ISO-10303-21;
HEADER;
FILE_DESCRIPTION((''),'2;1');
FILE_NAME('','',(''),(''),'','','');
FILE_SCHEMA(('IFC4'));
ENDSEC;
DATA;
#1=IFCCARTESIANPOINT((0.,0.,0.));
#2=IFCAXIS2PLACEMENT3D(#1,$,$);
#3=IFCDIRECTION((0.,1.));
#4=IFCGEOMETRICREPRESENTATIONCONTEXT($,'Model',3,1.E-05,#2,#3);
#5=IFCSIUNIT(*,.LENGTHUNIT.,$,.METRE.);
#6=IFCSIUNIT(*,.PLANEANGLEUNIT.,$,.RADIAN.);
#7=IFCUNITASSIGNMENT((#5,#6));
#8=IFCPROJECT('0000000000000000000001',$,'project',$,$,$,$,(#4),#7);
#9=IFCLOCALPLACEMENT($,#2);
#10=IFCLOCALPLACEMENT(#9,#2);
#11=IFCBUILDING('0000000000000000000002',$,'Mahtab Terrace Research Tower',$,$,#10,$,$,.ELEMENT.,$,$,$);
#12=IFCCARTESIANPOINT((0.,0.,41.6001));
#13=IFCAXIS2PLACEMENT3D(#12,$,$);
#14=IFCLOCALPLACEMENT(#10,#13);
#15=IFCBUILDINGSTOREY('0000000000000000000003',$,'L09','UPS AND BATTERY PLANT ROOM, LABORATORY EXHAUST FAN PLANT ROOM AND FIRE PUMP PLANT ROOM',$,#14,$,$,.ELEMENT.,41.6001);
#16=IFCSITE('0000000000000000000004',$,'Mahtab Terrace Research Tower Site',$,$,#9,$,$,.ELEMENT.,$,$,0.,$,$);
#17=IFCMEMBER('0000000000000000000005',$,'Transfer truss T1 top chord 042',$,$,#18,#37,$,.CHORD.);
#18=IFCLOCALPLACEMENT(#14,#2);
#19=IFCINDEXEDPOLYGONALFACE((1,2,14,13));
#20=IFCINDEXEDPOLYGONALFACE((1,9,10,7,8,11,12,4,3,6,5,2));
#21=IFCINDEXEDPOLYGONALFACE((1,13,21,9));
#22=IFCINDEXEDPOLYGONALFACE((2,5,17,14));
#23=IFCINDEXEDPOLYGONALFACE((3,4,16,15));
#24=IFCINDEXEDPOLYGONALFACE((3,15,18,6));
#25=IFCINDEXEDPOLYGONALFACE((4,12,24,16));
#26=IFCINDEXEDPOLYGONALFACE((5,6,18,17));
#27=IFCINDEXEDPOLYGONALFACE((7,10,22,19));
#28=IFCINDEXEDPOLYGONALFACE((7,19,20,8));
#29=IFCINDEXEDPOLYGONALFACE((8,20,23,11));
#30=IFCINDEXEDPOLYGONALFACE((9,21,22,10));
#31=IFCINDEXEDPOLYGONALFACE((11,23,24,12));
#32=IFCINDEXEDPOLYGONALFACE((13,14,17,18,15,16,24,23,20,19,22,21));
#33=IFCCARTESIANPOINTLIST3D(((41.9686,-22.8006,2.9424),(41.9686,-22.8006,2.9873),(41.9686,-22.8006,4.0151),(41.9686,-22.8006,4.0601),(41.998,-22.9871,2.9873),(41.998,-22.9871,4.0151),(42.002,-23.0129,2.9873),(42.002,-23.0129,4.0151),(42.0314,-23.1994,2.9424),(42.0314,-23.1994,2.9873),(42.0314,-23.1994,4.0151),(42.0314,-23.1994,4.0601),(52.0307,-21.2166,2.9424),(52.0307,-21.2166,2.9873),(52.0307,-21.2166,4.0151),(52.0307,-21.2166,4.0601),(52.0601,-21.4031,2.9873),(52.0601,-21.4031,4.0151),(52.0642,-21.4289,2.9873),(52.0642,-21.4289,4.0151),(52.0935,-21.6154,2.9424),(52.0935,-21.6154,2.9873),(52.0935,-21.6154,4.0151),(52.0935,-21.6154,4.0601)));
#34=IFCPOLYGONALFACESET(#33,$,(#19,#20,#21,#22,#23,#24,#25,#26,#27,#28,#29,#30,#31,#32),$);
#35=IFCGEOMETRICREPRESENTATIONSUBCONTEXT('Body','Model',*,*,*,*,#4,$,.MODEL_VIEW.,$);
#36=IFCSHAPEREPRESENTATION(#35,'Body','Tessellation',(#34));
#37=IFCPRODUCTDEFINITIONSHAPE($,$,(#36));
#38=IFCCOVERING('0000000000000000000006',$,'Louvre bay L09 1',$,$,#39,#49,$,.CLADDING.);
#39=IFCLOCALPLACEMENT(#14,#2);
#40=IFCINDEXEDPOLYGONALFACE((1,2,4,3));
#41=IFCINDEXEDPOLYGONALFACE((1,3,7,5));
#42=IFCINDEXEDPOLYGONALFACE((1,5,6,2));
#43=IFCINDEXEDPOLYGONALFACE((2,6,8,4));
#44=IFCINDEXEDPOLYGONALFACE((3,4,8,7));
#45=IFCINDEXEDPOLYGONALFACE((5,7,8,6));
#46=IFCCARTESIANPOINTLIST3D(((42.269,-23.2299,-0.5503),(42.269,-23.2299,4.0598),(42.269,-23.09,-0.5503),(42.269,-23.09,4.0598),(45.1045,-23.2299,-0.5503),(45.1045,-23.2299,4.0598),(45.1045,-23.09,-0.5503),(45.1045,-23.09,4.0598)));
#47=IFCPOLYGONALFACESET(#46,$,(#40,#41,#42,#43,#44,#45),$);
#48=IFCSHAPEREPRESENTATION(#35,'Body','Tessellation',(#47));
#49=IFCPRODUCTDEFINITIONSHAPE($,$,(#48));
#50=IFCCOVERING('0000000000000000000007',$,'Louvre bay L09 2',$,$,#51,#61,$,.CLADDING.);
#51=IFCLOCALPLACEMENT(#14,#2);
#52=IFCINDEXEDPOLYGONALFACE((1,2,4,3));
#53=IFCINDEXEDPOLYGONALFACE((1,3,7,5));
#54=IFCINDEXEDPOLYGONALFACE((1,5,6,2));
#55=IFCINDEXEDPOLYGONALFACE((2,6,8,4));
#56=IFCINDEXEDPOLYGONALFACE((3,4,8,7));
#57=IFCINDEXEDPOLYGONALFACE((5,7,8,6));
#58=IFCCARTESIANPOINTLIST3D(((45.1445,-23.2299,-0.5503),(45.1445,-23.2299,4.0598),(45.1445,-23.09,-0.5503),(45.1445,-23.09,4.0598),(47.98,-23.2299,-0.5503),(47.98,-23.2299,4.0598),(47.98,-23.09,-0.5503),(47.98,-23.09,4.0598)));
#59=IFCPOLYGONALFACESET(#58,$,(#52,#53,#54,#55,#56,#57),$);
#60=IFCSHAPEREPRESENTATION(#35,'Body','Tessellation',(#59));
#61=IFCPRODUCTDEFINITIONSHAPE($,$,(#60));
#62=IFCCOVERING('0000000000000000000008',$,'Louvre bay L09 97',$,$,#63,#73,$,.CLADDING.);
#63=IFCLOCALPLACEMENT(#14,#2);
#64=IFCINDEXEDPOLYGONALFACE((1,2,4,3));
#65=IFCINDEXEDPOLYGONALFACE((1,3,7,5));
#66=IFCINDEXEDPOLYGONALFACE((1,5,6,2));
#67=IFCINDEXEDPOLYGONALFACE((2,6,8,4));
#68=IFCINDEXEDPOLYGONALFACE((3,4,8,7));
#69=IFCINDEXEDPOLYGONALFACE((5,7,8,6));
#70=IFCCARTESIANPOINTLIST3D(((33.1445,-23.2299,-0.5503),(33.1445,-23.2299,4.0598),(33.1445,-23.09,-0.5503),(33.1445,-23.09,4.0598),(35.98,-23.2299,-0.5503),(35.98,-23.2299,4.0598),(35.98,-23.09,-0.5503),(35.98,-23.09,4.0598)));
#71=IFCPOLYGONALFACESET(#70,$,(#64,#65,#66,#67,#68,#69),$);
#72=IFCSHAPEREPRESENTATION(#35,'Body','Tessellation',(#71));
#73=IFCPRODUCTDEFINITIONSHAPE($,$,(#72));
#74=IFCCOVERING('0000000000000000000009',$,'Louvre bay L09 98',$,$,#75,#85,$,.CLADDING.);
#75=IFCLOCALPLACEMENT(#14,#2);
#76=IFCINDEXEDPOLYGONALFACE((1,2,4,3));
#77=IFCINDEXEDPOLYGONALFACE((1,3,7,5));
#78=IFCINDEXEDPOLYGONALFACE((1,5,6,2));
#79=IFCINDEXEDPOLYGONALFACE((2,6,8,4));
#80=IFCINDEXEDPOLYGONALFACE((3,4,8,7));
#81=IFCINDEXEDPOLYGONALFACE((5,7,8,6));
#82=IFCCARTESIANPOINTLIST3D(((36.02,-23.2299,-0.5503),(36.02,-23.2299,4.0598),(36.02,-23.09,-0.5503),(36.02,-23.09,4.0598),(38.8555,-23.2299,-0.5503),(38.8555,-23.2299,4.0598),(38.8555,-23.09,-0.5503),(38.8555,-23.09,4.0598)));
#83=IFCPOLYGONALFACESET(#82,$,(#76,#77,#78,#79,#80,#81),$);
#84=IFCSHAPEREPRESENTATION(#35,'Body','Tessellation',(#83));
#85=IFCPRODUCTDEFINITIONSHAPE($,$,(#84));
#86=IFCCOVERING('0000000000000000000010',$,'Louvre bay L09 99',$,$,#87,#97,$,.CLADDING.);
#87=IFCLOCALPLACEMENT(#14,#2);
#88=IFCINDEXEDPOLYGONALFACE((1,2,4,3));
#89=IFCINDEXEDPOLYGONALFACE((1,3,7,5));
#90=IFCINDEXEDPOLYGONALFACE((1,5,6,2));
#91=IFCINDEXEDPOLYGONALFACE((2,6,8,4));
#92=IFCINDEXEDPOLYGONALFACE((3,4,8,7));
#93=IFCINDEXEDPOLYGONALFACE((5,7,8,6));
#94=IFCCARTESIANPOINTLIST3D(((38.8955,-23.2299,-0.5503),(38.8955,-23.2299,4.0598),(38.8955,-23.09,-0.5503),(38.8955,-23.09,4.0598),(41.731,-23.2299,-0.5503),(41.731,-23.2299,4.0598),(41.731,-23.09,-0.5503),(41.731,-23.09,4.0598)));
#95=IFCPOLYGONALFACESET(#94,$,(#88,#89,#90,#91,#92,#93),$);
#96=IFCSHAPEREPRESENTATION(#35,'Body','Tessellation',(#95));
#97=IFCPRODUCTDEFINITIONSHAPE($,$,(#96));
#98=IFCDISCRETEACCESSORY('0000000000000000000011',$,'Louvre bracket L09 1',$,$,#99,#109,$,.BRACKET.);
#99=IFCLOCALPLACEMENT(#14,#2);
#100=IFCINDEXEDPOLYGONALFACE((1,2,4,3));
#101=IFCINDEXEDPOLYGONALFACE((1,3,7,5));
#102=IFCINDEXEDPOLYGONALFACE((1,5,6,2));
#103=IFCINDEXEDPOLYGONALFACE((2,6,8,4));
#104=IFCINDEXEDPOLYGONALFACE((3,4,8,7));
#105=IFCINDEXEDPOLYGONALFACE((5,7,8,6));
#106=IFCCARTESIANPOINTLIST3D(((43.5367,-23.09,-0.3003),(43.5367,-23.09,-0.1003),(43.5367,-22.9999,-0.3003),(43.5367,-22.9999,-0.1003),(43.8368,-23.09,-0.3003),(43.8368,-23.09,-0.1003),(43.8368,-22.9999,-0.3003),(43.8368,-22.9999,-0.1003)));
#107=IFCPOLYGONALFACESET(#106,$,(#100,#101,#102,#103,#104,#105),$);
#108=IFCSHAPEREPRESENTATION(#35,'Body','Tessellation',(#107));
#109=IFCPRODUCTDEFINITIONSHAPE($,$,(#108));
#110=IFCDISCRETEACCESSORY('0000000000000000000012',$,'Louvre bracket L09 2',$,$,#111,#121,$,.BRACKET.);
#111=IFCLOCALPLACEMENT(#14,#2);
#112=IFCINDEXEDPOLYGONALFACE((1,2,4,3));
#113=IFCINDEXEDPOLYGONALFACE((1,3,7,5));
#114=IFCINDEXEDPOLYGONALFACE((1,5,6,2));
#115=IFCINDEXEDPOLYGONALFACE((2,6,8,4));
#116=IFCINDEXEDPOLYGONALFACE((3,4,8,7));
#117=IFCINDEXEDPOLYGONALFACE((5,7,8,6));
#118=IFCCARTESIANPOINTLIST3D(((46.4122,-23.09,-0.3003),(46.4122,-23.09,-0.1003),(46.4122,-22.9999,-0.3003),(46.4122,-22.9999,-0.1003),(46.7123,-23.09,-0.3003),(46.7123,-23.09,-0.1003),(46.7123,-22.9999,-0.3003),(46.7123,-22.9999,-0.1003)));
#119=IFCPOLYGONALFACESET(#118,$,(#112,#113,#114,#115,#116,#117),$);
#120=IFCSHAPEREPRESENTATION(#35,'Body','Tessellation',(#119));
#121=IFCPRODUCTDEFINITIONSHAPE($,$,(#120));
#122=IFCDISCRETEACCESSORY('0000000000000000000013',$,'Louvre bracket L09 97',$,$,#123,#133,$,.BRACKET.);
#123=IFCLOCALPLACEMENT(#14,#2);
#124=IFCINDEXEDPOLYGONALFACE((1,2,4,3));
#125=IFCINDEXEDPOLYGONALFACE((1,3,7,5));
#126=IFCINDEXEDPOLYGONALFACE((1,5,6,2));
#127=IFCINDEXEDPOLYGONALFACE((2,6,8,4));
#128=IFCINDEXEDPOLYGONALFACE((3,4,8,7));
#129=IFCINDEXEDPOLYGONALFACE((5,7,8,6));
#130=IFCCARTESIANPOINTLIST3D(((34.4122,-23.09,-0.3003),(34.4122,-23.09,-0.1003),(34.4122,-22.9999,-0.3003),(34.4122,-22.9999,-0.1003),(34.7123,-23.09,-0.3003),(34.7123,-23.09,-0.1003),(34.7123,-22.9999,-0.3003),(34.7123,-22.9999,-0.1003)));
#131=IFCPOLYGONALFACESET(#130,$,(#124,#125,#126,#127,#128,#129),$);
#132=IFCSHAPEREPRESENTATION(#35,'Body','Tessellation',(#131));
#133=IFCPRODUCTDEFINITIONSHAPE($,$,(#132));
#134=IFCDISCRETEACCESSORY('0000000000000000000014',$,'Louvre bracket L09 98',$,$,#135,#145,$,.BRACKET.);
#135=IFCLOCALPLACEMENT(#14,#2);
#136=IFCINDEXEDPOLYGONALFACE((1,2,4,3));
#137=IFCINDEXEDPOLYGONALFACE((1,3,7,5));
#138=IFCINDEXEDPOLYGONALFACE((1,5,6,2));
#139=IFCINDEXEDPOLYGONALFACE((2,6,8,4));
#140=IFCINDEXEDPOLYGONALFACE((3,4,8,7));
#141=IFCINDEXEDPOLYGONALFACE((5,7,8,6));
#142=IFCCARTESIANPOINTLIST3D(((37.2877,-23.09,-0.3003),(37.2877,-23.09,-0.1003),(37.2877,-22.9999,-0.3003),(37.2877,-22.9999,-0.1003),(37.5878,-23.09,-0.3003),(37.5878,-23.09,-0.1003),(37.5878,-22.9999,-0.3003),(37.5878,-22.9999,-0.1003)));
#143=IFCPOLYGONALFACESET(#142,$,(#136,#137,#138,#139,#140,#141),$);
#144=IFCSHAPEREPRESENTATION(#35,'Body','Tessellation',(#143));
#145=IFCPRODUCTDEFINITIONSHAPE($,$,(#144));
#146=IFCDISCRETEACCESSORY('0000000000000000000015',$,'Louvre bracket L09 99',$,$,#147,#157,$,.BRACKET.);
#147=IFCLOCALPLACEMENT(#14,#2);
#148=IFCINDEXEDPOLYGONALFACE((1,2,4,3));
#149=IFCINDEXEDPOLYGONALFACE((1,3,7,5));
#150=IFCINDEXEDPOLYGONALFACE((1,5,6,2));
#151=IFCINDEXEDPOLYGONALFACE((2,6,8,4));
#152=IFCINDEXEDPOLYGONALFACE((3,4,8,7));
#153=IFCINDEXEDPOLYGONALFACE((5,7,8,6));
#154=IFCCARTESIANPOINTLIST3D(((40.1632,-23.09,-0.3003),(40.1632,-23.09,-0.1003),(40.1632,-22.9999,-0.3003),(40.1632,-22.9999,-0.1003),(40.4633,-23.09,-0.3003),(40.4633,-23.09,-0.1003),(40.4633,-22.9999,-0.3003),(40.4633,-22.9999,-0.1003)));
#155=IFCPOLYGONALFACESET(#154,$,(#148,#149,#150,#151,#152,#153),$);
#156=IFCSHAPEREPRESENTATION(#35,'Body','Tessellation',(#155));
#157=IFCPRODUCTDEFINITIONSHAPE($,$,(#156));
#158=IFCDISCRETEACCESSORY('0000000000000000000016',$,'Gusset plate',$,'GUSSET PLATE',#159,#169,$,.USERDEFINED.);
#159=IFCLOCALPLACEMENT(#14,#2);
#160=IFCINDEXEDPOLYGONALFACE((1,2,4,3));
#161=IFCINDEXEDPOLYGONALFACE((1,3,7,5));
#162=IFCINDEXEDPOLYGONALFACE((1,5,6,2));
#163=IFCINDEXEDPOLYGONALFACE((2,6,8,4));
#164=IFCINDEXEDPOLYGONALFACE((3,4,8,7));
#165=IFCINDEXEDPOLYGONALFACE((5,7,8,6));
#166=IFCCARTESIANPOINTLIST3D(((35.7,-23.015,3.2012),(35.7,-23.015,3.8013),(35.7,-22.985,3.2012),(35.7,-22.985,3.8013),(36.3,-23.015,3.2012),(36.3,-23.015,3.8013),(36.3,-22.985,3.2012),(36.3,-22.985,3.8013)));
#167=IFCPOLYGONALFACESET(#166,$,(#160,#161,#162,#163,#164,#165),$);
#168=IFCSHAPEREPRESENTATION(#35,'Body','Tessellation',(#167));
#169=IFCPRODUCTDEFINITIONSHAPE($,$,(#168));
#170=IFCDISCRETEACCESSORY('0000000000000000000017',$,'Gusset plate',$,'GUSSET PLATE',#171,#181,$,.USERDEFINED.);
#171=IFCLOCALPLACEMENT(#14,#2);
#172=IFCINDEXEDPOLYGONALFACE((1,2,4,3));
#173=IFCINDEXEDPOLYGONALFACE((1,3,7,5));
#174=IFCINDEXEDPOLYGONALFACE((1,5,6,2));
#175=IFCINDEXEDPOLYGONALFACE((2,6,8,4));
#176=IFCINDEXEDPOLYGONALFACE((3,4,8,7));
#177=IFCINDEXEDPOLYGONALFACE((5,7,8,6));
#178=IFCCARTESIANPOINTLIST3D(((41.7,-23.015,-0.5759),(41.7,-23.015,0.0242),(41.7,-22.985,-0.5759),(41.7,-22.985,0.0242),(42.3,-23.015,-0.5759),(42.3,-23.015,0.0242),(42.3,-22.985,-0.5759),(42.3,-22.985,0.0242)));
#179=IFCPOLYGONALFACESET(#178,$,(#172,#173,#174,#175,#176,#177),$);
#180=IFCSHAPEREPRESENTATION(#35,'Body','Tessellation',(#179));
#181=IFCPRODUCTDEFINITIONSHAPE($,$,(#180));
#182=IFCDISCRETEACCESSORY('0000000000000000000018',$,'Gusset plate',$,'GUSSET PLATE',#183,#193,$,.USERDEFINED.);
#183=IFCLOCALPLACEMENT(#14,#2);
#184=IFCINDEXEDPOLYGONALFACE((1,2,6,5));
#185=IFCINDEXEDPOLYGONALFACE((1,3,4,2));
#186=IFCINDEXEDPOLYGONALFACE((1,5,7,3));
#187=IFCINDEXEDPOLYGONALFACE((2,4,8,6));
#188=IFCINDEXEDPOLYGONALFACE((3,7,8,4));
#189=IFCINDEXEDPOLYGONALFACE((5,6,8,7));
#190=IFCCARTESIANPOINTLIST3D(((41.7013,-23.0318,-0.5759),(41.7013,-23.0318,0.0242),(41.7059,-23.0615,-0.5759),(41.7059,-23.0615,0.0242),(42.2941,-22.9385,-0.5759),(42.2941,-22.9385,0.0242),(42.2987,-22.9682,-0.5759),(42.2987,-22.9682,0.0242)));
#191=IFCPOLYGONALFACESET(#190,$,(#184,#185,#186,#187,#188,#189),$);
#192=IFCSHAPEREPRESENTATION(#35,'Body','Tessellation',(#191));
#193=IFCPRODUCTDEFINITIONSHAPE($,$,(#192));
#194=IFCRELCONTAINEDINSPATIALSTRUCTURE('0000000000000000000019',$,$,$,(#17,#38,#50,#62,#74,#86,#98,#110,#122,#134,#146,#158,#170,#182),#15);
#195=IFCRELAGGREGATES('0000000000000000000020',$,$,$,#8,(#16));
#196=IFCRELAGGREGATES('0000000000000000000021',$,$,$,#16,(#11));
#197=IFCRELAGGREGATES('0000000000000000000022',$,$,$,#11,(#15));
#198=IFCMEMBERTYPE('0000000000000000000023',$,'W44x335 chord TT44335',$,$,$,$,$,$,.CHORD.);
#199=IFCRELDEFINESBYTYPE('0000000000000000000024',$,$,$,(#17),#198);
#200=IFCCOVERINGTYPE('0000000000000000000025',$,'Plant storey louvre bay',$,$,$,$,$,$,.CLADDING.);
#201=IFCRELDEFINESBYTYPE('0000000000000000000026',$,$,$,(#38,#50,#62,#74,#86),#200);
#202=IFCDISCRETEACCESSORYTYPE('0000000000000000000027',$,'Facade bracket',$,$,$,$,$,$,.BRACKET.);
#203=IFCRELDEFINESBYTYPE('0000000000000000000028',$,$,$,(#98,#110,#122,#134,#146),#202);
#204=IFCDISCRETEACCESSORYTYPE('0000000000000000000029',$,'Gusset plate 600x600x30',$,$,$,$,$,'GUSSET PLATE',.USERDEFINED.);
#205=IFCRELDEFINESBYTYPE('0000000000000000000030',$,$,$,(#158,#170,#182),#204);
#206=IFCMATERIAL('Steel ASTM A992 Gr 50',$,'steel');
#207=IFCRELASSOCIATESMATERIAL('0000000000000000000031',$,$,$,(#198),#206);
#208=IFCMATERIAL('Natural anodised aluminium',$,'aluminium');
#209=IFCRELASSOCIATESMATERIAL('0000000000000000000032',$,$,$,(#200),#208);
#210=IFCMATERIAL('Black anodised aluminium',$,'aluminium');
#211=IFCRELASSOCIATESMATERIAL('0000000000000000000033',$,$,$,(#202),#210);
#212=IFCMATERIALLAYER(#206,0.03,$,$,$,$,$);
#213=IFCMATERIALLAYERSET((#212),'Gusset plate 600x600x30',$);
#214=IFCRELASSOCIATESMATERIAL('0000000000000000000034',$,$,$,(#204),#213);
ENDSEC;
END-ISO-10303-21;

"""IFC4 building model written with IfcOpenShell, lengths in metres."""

from ifc_helpers import new_model, si_unit, direction, frame, origin, origin_2d, place, context, subcontext, project, spatial, rectangle, i_section, extrude, material, layer, layer_set, material_profile, profile_set, type_object, element, save


model = new_model("IFC4")

# Units and contexts
model_context = context("Model", 3, precision=1e-05, world=origin(), true_north=direction((0.0, 1.0)))
body_context = subcontext(model_context, "Body", "Model", "MODEL_VIEW")
ifc_project = project(units=[si_unit("LENGTHUNIT", "METRE"), si_unit("PLANEANGLEUNIT", "RADIAN")], contexts=[model_context])

# Site, building, storey
site_placement = place(None, origin())
site = spatial("IfcSite", under=ifc_project, at=site_placement, Name="Mahtab Terrace Research Tower Site", CompositionType="ELEMENT", RefElevation=0.0)
building_placement = place(site_placement, origin())
building = spatial("IfcBuilding", under=site, at=building_placement, Name="Mahtab Terrace Research Tower", CompositionType="ELEMENT")
storey_placement = place(building_placement, frame((0.0, 0.0, 41.6001)))
storey = spatial("IfcBuildingStorey", under=building, at=storey_placement, Name="L09", Description="UPS AND BATTERY PLANT ROOM, LABORATORY EXHAUST FAN PLANT ROOM AND FIRE PUMP PLANT ROOM", CompositionType="ELEMENT", Elevation=41.6001)

# Shared definitions
ifc_material_1 = material(Name="Steel ASTM A992 Gr 50", Category="steel")

# Member
ifc_material_profile_1 = material_profile(ifc_material_1, i_section(OverallWidth=0.4038, OverallDepth=1.1177, WebThickness=0.0261, FlangeThickness=0.0449, at=origin_2d()), Name="W44X335")
ifc_profile_set_1 = profile_set([ifc_material_profile_1], Name="Steel ASTM A992 Gr 50")
member_type_1 = type_object("IfcMemberType", Name="W44x335 chord TT44335", PredefinedType="CHORD", material=ifc_profile_set_1)
member_1_placement = place(storey_placement, frame((42.0, -23.0, 3.5012), z_axis=(0.987835, 0.155507, 0.0), x_axis=(-0.155507, 0.987835, 0.0)))
element("IfcMember", 1, at=member_1_placement, inside=storey, type_object=member_type_1, Name="Transfer truss T1 top chord 042", PredefinedType="CHORD", context=body_context, shape_type="SweptSolid", body=[
    extrude(i_section(OverallWidth=0.4038, OverallDepth=1.1177, WebThickness=0.0261, FlangeThickness=0.0449, at=origin_2d()), origin(), (0.0, 0.0, 1.0), 10.186),
])

# Coverings
ifc_material_2 = material(Name="Natural anodised aluminium", Category="aluminium")
covering_type = type_object("IfcCoveringType", Name="Plant storey louvre bay", PredefinedType="CLADDING", material=ifc_material_2)
for number, where, z_axis, x_axis, name in (
    (2, (43.6868, -23.1599, -0.5503), (0.0, 0.0, 1.0), (1.0, 0.0, 0.0), "Louvre bay L09 1"),
    (3, (46.5623, -23.1599, -0.5503), (0.0, 0.0, 1.0), (1.0, 0.0, 0.0), "Louvre bay L09 2"),
    (4, (34.5623, -23.1599, -0.5503), (0.0, 0.0, 1.0), (1.0, 0.0, 0.0), "Louvre bay L09 97"),
    (5, (37.4377, -23.1599, -0.5503), (0.0, 0.0, 1.0), (1.0, 0.0, 0.0), "Louvre bay L09 98"),
    (6, (40.3132, -23.1599, -0.5503), (0.0, 0.0, 1.0), (1.0, 0.0, 0.0), "Louvre bay L09 99"),
):
    element("IfcCovering", number, at=place(storey_placement, frame(where, z_axis=z_axis, x_axis=x_axis)), inside=storey, type_object=covering_type, Name=name, PredefinedType="CLADDING", context=body_context, shape_type="SweptSolid", body=[
        extrude(rectangle(XDim=2.8354, YDim=0.1399, at=origin_2d()), origin(), (0.0, 0.0, 1.0), 4.6101),
    ])

# Discrete accessories
ifc_material_3 = material(Name="Black anodised aluminium", Category="aluminium")
discrete_accessory_type_1 = type_object("IfcDiscreteAccessoryType", Name="Facade bracket", PredefinedType="BRACKET", material=ifc_material_3)
for number, where, z_axis, x_axis, name in (
    (7, (43.6868, -23.0449, -0.3003), (0.0, 0.0, 1.0), (1.0, 0.0, 0.0), "Louvre bracket L09 1"),
    (8, (46.5623, -23.0449, -0.3003), (0.0, 0.0, 1.0), (1.0, 0.0, 0.0), "Louvre bracket L09 2"),
    (9, (34.5623, -23.0449, -0.3003), (0.0, 0.0, 1.0), (1.0, 0.0, 0.0), "Louvre bracket L09 97"),
    (10, (37.4377, -23.0449, -0.3003), (0.0, 0.0, 1.0), (1.0, 0.0, 0.0), "Louvre bracket L09 98"),
    (11, (40.3132, -23.0449, -0.3003), (0.0, 0.0, 1.0), (1.0, 0.0, 0.0), "Louvre bracket L09 99"),
):
    element("IfcDiscreteAccessory", number, at=place(storey_placement, frame(where, z_axis=z_axis, x_axis=x_axis)), inside=storey, type_object=discrete_accessory_type_1, Name=name, PredefinedType="BRACKET", context=body_context, shape_type="SweptSolid", body=[
        extrude(rectangle(XDim=0.3, YDim=0.0901, at=origin_2d()), origin(), (0.0, 0.0, 1.0), 0.2),
    ])
ifc_layer = layer(ifc_material_1, 0.03)
ifc_layer_set = layer_set([ifc_layer], Name="Gusset plate 600x600x30")
discrete_accessory_type_2 = type_object("IfcDiscreteAccessoryType", Name="Gusset plate 600x600x30", ElementType="GUSSET PLATE", PredefinedType="USERDEFINED", material=ifc_layer_set)
for number, where, z_axis, x_axis, name in (
    (12, (36.0, -23.0, 3.2012), (0.0, 0.0, 1.0), (1.0, 0.0, 0.0), "Gusset plate"),
    (13, (42.0, -23.0, -0.5759), (0.0, 0.0, 1.0), (1.0, 0.0, 0.0), "Gusset plate"),
    (14, (42.0, -23.0, -0.5759), (0.0, 0.0, 1.0), (0.987835, 0.155504, 0.0), "Gusset plate"),
):
    element("IfcDiscreteAccessory", number, at=place(storey_placement, frame(where, z_axis=z_axis, x_axis=x_axis)), inside=storey, type_object=discrete_accessory_type_2, Name=name, ObjectType="GUSSET PLATE", PredefinedType="USERDEFINED", context=body_context, shape_type="SweptSolid", body=[
        extrude(rectangle(XDim=0.6001, YDim=0.03, at=origin_2d()), origin(), (0.0, 0.0, 1.0), 0.6001),
    ])

save(model, "model.ifc")
